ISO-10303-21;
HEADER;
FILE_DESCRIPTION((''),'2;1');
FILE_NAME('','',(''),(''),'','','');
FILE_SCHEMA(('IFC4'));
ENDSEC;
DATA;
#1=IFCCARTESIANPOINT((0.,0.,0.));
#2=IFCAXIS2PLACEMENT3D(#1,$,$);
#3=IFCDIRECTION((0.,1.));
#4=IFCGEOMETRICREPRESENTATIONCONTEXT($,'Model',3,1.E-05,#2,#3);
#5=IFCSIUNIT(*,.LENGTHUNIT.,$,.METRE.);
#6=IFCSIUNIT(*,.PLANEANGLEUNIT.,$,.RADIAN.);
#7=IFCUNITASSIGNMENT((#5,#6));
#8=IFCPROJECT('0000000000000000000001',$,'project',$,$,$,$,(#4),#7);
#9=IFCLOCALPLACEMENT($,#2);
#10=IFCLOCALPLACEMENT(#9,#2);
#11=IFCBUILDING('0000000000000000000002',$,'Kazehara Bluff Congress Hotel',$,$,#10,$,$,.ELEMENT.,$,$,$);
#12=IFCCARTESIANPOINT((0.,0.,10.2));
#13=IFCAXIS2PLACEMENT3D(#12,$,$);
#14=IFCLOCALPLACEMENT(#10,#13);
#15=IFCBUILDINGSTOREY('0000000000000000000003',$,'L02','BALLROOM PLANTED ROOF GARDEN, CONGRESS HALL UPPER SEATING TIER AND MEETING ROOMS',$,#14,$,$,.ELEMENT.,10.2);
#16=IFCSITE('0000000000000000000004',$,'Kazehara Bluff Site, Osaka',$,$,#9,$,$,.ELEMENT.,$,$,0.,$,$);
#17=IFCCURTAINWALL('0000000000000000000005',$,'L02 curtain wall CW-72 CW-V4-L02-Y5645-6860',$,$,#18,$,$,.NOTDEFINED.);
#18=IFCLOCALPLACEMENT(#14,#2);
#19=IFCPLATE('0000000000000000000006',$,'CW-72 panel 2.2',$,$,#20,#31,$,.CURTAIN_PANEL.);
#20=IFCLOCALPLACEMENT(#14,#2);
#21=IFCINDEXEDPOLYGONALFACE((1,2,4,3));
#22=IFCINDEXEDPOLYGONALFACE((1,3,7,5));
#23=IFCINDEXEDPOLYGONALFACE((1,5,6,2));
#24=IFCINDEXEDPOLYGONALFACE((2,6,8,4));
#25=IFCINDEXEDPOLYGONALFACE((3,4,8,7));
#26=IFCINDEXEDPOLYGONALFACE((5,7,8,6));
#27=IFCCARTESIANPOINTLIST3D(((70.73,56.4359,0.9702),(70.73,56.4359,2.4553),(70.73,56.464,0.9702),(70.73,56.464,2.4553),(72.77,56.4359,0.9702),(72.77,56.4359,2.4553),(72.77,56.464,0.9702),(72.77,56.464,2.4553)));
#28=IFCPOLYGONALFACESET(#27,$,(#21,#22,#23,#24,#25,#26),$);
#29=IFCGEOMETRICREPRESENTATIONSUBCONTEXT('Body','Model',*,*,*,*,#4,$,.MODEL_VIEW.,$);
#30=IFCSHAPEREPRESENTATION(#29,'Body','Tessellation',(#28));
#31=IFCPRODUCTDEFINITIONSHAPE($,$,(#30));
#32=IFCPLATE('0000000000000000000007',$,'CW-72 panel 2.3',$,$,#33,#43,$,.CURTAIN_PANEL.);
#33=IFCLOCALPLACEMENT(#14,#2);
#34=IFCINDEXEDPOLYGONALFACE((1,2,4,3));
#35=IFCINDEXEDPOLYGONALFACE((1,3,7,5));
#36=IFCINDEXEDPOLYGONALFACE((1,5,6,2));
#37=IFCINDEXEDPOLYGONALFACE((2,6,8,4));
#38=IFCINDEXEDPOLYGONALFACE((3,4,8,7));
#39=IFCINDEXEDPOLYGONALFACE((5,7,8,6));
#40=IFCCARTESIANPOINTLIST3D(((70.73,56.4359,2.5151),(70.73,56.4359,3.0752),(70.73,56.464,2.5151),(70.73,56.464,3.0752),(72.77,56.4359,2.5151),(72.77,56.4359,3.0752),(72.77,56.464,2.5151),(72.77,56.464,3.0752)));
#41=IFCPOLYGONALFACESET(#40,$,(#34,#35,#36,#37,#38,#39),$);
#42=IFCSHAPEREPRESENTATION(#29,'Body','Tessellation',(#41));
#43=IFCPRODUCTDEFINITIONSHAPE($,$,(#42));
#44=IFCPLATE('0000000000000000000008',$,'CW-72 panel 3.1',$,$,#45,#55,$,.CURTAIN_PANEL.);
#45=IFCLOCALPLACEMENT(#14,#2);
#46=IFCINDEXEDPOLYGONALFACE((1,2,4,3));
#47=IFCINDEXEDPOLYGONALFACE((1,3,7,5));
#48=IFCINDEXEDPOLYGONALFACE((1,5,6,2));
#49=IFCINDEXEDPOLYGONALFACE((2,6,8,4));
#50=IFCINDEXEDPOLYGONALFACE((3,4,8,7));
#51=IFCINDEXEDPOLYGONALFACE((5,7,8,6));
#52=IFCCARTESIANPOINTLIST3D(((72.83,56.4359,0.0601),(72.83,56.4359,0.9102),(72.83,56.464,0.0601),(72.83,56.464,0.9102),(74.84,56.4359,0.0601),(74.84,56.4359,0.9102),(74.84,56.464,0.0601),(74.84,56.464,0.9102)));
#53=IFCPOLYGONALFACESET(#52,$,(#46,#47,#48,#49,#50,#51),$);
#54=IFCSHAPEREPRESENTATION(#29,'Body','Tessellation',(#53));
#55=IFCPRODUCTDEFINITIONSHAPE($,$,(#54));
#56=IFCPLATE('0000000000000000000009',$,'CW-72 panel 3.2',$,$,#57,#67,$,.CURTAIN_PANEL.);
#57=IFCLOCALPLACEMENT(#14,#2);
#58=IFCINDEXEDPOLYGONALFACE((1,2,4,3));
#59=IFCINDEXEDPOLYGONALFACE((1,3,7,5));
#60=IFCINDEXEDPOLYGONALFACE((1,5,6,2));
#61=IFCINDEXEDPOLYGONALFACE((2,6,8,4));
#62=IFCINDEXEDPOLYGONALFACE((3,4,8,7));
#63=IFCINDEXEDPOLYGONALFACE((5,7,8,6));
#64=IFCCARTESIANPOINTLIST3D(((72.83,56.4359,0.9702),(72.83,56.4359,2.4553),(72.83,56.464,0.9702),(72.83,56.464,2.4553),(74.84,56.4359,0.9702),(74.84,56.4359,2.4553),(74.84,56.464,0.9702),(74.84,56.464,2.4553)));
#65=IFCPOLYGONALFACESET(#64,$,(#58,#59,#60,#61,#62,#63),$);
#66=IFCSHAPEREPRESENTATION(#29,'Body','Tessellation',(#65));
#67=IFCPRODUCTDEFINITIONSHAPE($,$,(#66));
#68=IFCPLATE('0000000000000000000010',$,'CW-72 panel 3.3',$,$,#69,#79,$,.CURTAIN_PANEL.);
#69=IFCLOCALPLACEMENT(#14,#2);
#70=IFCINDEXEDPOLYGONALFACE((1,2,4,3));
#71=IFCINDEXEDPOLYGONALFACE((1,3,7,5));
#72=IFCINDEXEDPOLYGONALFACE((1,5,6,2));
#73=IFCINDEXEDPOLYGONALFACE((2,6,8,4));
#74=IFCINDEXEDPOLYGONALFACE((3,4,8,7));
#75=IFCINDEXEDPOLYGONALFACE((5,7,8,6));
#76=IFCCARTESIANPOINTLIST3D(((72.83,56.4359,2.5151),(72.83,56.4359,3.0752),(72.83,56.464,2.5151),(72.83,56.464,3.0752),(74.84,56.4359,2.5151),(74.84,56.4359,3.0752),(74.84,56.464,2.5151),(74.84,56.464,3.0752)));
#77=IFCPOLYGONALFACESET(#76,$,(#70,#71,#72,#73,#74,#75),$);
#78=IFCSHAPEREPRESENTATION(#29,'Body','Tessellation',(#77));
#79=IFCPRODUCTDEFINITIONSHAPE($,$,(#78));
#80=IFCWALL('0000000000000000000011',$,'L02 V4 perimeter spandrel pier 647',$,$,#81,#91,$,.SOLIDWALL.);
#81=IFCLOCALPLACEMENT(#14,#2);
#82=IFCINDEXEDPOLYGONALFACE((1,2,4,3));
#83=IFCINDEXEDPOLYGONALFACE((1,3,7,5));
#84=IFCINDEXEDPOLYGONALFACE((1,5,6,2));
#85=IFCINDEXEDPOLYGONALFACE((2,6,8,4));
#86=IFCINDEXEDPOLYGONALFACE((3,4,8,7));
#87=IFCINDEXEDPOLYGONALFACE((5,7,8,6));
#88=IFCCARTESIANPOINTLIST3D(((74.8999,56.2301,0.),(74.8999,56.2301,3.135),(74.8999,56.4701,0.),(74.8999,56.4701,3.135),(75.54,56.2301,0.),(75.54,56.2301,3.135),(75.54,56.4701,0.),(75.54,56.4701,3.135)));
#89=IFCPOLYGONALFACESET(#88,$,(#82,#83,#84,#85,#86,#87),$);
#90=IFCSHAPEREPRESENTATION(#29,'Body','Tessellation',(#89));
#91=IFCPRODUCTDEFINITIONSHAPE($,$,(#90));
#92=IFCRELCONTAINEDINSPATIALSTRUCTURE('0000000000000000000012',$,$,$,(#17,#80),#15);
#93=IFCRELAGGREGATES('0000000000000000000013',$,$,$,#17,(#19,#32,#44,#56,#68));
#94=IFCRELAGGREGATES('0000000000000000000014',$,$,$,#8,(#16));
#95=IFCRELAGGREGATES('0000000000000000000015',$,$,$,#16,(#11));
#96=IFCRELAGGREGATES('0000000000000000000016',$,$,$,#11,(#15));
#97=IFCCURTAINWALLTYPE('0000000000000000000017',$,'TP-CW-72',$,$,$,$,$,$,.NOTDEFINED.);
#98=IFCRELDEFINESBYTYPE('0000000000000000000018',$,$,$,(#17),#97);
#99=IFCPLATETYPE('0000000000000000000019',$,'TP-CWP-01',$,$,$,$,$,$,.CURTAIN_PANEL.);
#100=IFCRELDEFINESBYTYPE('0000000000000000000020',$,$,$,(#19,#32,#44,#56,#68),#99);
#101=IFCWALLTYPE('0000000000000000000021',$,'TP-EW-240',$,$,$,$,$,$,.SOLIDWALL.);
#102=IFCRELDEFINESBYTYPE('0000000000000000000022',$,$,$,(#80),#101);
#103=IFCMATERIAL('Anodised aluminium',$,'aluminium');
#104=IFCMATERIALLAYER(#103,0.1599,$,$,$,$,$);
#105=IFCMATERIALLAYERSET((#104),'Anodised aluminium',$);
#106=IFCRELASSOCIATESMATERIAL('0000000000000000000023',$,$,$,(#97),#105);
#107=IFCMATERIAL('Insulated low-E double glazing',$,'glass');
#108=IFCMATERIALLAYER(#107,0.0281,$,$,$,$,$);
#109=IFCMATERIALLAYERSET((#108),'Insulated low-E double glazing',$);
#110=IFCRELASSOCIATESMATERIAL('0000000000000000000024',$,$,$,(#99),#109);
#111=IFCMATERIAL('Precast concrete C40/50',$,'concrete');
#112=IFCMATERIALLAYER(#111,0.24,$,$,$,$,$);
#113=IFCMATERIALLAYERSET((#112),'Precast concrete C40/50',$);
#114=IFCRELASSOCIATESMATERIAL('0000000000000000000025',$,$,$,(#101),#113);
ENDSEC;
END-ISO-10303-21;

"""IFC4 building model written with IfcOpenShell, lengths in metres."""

from ifc_helpers import new_model, si_unit, direction, frame, frame_2d, origin, origin_2d, place, context, subcontext, project, spatial, rectangle, extrude, material, layer, layer_set, type_object, element, aggregate, save


model = new_model("IFC4")

# Units and contexts
model_context = context("Model", 3, precision=1e-05, world=origin(), true_north=direction((0.0, 1.0)))
body_context = subcontext(model_context, "Body", "Model", "MODEL_VIEW")
ifc_project = project(units=[si_unit("LENGTHUNIT", "METRE"), si_unit("PLANEANGLEUNIT", "RADIAN")], contexts=[model_context])

# Site, building, storey
site_placement = place(None, origin())
site = spatial("IfcSite", under=ifc_project, at=site_placement, Name="Kazehara Bluff Site, Osaka", CompositionType="ELEMENT", RefElevation=0.0)
building_placement = place(site_placement, origin())
building = spatial("IfcBuilding", under=site, at=building_placement, Name="Kazehara Bluff Congress Hotel", CompositionType="ELEMENT")
storey_placement = place(building_placement, frame((0.0, 0.0, 10.2)))
storey = spatial("IfcBuildingStorey", under=building, at=storey_placement, Name="L02", Description="BALLROOM PLANTED ROOF GARDEN, CONGRESS HALL UPPER SEATING TIER AND MEETING ROOMS", CompositionType="ELEMENT", Elevation=10.2)

# Curtain wall, plates
ifc_material_1 = material(Name="Anodised aluminium", Category="aluminium")
ifc_layer_1 = layer(ifc_material_1, 0.1599)
ifc_layer_set_1 = layer_set([ifc_layer_1], Name="Anodised aluminium")
curtain_wall_type = type_object("IfcCurtainWallType", Name="TP-CW-72", PredefinedType="NOTDEFINED", material=ifc_layer_set_1)
curtain_wall_placement = place(storey_placement, origin())
curtain_wall = element("IfcCurtainWall", 1, at=curtain_wall_placement, inside=storey, type_object=curtain_wall_type, Name="L02 curtain wall CW-72 CW-V4-L02-Y5645-6860", PredefinedType="NOTDEFINED")
ifc_material_2 = material(Name="Insulated low-E double glazing", Category="glass")
ifc_layer_2 = layer(ifc_material_2, 0.0281)
ifc_layer_set_2 = layer_set([ifc_layer_2], Name="Insulated low-E double glazing")
plate_type = type_object("IfcPlateType", Name="TP-CWP-01", PredefinedType="CURTAIN_PANEL", material=ifc_layer_set_2)
plate_1_placement = place(storey_placement, frame((71.75, 56.45, 0.9702), z_axis=(0.0, 0.0, 1.0), x_axis=(1.0, 0.0, 0.0)))
plate_1 = element("IfcPlate", 2, at=plate_1_placement, type_object=plate_type, Name="CW-72 panel 2.2", PredefinedType="CURTAIN_PANEL", context=body_context, shape_type="SweptSolid", body=[
    extrude(rectangle(XDim=2.04, YDim=0.0281, at=origin_2d()), origin(), (0.0, 0.0, 1.0), 1.4851),
])
plate_2_placement = place(storey_placement, frame((71.75, 56.45, 2.5151), z_axis=(0.0, 0.0, 1.0), x_axis=(1.0, 0.0, 0.0)))
plate_2 = element("IfcPlate", 3, at=plate_2_placement, type_object=plate_type, Name="CW-72 panel 2.3", PredefinedType="CURTAIN_PANEL", context=body_context, shape_type="SweptSolid", body=[
    extrude(rectangle(XDim=2.04, YDim=0.0281, at=origin_2d()), origin(), (0.0, 0.0, 1.0), 0.5601),
])
plate_3_placement = place(storey_placement, frame((73.835, 56.45, 0.0601), z_axis=(0.0, 0.0, 1.0), x_axis=(1.0, 0.0, 0.0)))
plate_3 = element("IfcPlate", 4, at=plate_3_placement, type_object=plate_type, Name="CW-72 panel 3.1", PredefinedType="CURTAIN_PANEL", context=body_context, shape_type="SweptSolid", body=[
    extrude(rectangle(XDim=2.01, YDim=0.0281, at=origin_2d()), origin(), (0.0, 0.0, 1.0), 0.8501),
])
plate_4_placement = place(storey_placement, frame((73.835, 56.45, 0.9702), z_axis=(0.0, 0.0, 1.0), x_axis=(1.0, 0.0, 0.0)))
plate_4 = element("IfcPlate", 5, at=plate_4_placement, type_object=plate_type, Name="CW-72 panel 3.2", PredefinedType="CURTAIN_PANEL", context=body_context, shape_type="SweptSolid", body=[
    extrude(rectangle(XDim=2.01, YDim=0.0281, at=origin_2d()), origin(), (0.0, 0.0, 1.0), 1.4851),
])
plate_5_placement = place(storey_placement, frame((73.835, 56.45, 2.5151), z_axis=(0.0, 0.0, 1.0), x_axis=(1.0, 0.0, 0.0)))
plate_5 = element("IfcPlate", 6, at=plate_5_placement, type_object=plate_type, Name="CW-72 panel 3.3", PredefinedType="CURTAIN_PANEL", context=body_context, shape_type="SweptSolid", body=[
    extrude(rectangle(XDim=2.01, YDim=0.0281, at=origin_2d()), origin(), (0.0, 0.0, 1.0), 0.5601),
])
aggregate(curtain_wall, [plate_1, plate_2, plate_3, plate_4, plate_5])

# Wall
ifc_material_3 = material(Name="Precast concrete C40/50", Category="concrete")
ifc_layer_3 = layer(ifc_material_3, 0.24)
ifc_layer_set_3 = layer_set([ifc_layer_3], Name="Precast concrete C40/50")
wall_type = type_object("IfcWallType", Name="TP-EW-240", PredefinedType="SOLIDWALL", material=ifc_layer_set_3)
wall_placement = place(storey_placement, frame((74.8999, 56.3501, 0.0), z_axis=(0.0, 0.0, 1.0), x_axis=(1.0, 0.0, 0.0)))
element("IfcWall", 7, at=wall_placement, inside=storey, type_object=wall_type, Name="L02 V4 perimeter spandrel pier 647", PredefinedType="SOLIDWALL", context=body_context, shape_type="SweptSolid", body=[
    extrude(rectangle(XDim=0.6401, YDim=0.24, at=frame_2d((0.3201, 0.0))), origin(), (0.0, 0.0, 1.0), 3.135),
])

save(model, "model.ifc")
